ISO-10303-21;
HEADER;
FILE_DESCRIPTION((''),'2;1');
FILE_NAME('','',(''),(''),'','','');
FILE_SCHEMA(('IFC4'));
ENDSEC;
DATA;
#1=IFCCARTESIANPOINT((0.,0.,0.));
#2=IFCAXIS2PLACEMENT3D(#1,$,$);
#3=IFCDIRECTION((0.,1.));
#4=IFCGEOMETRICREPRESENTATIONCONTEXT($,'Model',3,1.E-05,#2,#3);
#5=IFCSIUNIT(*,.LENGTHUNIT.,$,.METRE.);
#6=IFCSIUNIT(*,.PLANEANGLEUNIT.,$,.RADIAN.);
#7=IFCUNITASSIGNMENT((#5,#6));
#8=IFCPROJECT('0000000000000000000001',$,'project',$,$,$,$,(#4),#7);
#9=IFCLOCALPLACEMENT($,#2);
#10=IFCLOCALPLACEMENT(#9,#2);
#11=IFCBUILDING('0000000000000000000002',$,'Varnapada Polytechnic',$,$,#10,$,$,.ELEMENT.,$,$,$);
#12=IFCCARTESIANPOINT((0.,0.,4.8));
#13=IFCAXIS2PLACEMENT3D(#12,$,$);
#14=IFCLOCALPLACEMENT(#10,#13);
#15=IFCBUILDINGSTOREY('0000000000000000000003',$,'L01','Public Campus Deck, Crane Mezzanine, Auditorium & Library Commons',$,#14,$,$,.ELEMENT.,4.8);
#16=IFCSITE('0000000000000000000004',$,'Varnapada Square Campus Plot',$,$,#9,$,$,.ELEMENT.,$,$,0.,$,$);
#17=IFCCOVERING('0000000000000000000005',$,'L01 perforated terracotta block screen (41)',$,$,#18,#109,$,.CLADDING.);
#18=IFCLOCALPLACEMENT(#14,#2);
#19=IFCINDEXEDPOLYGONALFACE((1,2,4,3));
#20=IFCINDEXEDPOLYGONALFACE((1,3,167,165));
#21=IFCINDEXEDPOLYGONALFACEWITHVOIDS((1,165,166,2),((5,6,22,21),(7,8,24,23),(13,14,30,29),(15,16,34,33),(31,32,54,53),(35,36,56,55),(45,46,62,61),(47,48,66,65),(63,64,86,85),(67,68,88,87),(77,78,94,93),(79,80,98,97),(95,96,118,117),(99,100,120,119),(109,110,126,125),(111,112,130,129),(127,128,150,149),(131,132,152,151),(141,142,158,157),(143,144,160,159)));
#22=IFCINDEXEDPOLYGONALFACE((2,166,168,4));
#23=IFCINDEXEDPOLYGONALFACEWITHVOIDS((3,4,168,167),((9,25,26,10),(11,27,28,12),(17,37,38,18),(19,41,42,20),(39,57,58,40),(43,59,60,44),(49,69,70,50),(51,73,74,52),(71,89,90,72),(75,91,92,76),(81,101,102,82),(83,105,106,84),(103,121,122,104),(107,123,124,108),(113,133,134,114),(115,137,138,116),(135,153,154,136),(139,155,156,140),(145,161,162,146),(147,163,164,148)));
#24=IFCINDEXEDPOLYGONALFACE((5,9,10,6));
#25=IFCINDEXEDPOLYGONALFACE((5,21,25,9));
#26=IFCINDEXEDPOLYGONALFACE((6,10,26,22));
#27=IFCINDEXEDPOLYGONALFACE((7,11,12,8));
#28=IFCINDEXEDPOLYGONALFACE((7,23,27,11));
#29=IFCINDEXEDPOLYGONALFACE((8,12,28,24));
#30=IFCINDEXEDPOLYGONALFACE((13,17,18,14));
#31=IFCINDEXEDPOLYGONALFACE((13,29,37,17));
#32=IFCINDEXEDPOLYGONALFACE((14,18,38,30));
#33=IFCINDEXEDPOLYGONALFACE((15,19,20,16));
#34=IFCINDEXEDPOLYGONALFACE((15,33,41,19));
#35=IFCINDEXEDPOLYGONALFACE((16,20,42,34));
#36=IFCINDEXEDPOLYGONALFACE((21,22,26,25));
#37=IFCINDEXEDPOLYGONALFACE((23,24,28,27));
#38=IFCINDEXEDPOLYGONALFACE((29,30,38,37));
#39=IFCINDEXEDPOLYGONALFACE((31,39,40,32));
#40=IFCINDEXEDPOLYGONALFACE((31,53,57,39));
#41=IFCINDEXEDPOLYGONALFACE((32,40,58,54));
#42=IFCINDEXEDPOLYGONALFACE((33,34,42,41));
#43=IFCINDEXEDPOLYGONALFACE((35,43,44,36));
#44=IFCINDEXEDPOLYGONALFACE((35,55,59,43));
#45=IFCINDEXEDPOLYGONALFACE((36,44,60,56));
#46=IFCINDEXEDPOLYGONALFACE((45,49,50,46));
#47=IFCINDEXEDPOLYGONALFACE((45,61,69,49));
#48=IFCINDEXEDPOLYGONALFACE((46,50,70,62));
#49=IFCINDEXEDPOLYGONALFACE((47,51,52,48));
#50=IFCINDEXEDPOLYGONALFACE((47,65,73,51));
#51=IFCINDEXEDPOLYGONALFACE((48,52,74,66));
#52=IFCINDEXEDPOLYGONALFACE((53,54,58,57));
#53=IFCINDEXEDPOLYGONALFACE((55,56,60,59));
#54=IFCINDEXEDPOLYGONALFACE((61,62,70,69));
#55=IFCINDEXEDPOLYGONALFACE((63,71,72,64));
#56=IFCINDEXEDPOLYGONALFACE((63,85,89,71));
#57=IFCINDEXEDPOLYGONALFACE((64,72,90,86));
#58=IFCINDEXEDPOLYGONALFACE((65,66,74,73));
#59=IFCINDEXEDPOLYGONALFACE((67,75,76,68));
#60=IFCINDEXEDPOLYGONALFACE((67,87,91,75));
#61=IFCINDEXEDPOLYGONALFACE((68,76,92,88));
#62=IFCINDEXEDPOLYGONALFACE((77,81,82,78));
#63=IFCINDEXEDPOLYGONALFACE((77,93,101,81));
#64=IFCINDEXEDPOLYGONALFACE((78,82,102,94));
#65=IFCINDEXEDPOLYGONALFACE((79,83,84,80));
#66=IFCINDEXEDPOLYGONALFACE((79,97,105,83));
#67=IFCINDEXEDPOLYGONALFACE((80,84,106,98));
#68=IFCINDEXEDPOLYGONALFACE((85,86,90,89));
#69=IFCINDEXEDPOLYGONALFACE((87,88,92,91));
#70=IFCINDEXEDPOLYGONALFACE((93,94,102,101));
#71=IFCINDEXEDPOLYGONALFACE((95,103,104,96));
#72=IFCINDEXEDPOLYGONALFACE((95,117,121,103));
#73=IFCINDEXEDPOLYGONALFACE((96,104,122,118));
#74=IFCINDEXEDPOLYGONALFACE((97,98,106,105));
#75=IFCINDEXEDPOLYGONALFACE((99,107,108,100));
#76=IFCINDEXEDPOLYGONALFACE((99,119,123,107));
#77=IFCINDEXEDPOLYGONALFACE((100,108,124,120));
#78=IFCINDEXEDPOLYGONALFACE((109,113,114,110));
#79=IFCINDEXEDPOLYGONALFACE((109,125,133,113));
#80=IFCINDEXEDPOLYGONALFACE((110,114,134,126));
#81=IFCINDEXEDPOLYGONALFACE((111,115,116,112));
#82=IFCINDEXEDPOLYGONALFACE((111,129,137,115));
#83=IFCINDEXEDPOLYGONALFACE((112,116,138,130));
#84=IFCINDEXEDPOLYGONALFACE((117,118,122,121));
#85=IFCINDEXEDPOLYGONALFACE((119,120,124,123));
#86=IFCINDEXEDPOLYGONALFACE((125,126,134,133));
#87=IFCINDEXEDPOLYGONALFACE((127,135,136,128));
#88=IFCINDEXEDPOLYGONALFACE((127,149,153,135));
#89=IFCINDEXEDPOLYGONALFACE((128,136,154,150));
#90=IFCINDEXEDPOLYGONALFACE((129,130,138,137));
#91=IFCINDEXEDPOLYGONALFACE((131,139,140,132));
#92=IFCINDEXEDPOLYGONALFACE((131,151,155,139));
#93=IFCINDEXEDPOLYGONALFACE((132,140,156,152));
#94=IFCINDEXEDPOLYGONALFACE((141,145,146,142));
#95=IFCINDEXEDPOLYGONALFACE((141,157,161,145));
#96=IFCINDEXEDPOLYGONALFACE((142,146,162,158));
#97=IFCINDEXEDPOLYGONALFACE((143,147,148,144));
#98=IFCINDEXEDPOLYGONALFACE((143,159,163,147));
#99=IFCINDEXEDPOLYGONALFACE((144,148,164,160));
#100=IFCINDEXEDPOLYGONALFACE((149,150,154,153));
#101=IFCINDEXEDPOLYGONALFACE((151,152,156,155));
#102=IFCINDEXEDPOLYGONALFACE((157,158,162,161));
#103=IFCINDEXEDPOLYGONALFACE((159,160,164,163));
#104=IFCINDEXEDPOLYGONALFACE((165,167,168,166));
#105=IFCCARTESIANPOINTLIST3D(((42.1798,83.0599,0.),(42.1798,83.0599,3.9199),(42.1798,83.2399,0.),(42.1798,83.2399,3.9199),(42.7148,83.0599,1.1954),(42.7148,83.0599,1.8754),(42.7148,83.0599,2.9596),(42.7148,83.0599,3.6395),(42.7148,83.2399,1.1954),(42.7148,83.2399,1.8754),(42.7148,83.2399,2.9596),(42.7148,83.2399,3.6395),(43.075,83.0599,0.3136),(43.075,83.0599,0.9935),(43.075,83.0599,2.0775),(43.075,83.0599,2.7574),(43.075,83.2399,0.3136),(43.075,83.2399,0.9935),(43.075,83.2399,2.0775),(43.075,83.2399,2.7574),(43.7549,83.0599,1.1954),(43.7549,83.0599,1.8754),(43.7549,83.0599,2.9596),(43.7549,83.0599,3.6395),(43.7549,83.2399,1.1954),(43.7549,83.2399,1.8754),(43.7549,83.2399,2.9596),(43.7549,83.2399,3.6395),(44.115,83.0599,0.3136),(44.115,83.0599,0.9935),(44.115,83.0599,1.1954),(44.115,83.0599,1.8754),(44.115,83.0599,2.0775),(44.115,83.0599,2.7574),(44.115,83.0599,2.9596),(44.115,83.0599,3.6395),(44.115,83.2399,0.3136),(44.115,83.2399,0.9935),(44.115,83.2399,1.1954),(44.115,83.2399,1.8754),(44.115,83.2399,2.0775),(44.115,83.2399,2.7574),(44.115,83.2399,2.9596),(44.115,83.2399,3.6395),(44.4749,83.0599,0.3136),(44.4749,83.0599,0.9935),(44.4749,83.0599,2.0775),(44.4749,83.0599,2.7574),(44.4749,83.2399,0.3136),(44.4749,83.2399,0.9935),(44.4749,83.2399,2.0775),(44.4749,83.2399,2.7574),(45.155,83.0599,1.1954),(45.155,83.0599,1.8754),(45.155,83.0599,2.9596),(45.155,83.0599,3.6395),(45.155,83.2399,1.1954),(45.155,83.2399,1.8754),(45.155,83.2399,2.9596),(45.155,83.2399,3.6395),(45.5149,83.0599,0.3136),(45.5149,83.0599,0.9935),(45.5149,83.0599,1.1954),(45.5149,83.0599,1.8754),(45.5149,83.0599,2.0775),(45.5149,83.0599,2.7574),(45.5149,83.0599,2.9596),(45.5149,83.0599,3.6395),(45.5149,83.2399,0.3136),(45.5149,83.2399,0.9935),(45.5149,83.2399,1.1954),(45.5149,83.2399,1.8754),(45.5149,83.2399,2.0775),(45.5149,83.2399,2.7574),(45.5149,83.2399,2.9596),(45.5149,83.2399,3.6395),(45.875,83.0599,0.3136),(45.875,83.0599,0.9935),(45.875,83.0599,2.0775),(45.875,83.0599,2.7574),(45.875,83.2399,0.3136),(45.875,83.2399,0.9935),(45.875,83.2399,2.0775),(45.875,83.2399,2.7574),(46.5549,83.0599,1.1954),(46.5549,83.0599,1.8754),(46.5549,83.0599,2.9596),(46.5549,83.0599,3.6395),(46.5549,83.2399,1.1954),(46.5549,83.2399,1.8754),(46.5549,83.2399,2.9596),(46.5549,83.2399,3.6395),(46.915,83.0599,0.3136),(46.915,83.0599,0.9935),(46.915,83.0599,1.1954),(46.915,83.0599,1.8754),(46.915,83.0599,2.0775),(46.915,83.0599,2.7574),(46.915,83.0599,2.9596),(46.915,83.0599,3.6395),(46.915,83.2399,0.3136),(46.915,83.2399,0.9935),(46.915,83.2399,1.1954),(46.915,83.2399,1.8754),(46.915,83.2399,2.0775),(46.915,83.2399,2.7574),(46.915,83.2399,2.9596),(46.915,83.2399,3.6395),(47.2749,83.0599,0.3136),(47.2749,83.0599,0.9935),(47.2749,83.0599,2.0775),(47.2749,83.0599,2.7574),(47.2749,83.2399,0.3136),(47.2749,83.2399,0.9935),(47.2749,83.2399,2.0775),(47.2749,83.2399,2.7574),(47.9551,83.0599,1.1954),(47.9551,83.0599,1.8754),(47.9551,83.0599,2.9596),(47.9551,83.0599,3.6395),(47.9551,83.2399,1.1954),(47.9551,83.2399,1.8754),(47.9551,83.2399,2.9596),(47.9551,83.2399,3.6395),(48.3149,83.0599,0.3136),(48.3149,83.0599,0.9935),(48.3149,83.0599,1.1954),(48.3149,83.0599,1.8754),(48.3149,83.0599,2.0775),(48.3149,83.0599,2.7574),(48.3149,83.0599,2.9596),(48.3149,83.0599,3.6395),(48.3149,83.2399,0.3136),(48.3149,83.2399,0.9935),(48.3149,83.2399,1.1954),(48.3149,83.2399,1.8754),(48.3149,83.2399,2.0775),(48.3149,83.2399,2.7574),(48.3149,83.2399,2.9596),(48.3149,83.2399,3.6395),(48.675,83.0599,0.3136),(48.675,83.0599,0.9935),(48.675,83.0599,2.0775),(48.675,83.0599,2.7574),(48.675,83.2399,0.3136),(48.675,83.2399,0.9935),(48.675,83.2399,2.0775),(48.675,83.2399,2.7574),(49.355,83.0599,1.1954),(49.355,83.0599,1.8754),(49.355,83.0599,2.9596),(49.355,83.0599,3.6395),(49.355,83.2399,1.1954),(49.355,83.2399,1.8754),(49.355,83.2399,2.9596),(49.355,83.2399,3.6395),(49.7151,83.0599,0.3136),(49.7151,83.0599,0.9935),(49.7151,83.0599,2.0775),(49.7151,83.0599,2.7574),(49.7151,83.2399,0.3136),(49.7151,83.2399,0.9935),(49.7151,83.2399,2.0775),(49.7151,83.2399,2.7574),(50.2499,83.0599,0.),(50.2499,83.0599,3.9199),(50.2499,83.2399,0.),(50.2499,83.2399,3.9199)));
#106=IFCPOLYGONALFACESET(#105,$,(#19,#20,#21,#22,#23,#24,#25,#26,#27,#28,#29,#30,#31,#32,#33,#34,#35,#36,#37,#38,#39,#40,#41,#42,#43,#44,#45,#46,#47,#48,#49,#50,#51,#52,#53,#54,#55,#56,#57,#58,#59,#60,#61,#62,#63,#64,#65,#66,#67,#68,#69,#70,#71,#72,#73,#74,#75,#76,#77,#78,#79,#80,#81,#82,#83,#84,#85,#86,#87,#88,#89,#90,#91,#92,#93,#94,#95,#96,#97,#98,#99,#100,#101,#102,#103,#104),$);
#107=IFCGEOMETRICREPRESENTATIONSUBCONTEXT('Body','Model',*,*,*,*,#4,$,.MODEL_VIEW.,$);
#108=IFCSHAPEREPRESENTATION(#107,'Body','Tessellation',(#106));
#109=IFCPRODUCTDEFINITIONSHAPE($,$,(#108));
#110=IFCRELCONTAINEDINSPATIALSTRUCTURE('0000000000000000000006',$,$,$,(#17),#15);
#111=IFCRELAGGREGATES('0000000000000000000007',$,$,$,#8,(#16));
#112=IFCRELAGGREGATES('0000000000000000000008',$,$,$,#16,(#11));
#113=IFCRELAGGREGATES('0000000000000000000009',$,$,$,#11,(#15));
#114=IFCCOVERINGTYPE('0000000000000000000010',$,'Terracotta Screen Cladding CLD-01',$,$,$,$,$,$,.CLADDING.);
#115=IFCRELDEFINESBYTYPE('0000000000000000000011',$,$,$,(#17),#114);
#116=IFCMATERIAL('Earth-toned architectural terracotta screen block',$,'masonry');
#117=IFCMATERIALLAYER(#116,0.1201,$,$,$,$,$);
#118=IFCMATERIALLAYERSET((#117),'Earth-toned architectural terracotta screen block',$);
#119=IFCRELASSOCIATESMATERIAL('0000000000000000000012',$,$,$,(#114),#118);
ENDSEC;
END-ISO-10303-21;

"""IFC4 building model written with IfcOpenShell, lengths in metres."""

from ifc_helpers import new_model, si_unit, direction, frame, frame_2d, origin, place, context, subcontext, project, spatial, rectangle, extrude, material, layer, layer_set, type_object, element, save


model = new_model("IFC4")

# Units and contexts
model_context = context("Model", 3, precision=1e-05, world=origin(), true_north=direction((0.0, 1.0)))
body_context = subcontext(model_context, "Body", "Model", "MODEL_VIEW")
ifc_project = project(units=[si_unit("LENGTHUNIT", "METRE"), si_unit("PLANEANGLEUNIT", "RADIAN")], contexts=[model_context])

# Site, building, storey
site_placement = place(None, origin())
site = spatial("IfcSite", under=ifc_project, at=site_placement, Name="Varnapada Square Campus Plot", CompositionType="ELEMENT", RefElevation=0.0)
building_placement = place(site_placement, origin())
building = spatial("IfcBuilding", under=site, at=building_placement, Name="Varnapada Polytechnic", CompositionType="ELEMENT")
storey_placement = place(building_placement, frame((0.0, 0.0, 4.8)))
storey = spatial("IfcBuildingStorey", under=building, at=storey_placement, Name="L01", Description="Public Campus Deck, Crane Mezzanine, Auditorium & Library Commons", CompositionType="ELEMENT", Elevation=4.8)

# Covering, openings
ifc_material_1 = material(Name="Earth-toned architectural terracotta screen block", Category="masonry")
ifc_layer_1 = layer(ifc_material_1, 0.1201)
ifc_layer_set_1 = layer_set([ifc_layer_1], Name="Earth-toned architectural terracotta screen block")
covering_type = type_object("IfcCoveringType", Name="Terracotta Screen Cladding CLD-01", PredefinedType="CLADDING", material=ifc_layer_set_1)
covering_placement = place(storey_placement, frame((50.25, 83.1499, 0.0), z_axis=(0.0, 0.0, 1.0), x_axis=(-1.0, 0.0, 0.0)))
covering = element("IfcCovering", 1, at=covering_placement, inside=storey, type_object=covering_type, Name="L01 perforated terracotta block screen (41)", PredefinedType="CLADDING", context=body_context, shape_type="SweptSolid", body=[
    extrude(rectangle(XDim=8.0701, YDim=0.1799, at=frame_2d((4.0352, 0.0))), origin(), (0.0, 0.0, 1.0), 3.9199),
])
opening_1_placement = place(covering_placement, frame((0.5349, 0.0, 0.3137)))
element("IfcOpeningElement", 2, at=opening_1_placement, cuts=covering, PredefinedType="OPENING", context=body_context, shape_type="SweptSolid", body=[
    extrude(rectangle(XDim=1.04, YDim=0.6799, at=frame_2d((0.52, 0.3398))), frame((0.0, 0.0999, 0.0), z_axis=(0.0, -1.0, 0.0), x_axis=(1.0, 0.0, 0.0)), (0.0, 0.0, 1.0), 0.2),
])
opening_2_placement = place(covering_placement, frame((1.9351, 0.0, 0.3137)))
element("IfcOpeningElement", 3, at=opening_2_placement, cuts=covering, PredefinedType="OPENING", context=body_context, shape_type="SweptSolid", body=[
    extrude(rectangle(XDim=1.04, YDim=0.6799, at=frame_2d((0.52, 0.3398))), frame((0.0, 0.0999, 0.0), z_axis=(0.0, -1.0, 0.0), x_axis=(1.0, 0.0, 0.0)), (0.0, 0.0, 1.0), 0.2),
])
opening_3_placement = place(covering_placement, frame((3.335, 0.0, 0.3137)))
element("IfcOpeningElement", 4, at=opening_3_placement, cuts=covering, PredefinedType="OPENING", context=body_context, shape_type="SweptSolid", body=[
    extrude(rectangle(XDim=1.04, YDim=0.6799, at=frame_2d((0.52, 0.3398))), frame((0.0, 0.0999, 0.0), z_axis=(0.0, -1.0, 0.0), x_axis=(1.0, 0.0, 0.0)), (0.0, 0.0, 1.0), 0.2),
])
opening_4_placement = place(covering_placement, frame((4.7351, 0.0, 0.3137)))
element("IfcOpeningElement", 5, at=opening_4_placement, cuts=covering, PredefinedType="OPENING", context=body_context, shape_type="SweptSolid", body=[
    extrude(rectangle(XDim=1.04, YDim=0.6799, at=frame_2d((0.52, 0.3398))), frame((0.0, 0.0999, 0.0), z_axis=(0.0, -1.0, 0.0), x_axis=(1.0, 0.0, 0.0)), (0.0, 0.0, 1.0), 0.2),
])
opening_5_placement = place(covering_placement, frame((6.135, 0.0, 0.3137)))
element("IfcOpeningElement", 6, at=opening_5_placement, cuts=covering, PredefinedType="OPENING", context=body_context, shape_type="SweptSolid", body=[
    extrude(rectangle(XDim=1.04, YDim=0.6799, at=frame_2d((0.52, 0.3398))), frame((0.0, 0.0999, 0.0), z_axis=(0.0, -1.0, 0.0), x_axis=(1.0, 0.0, 0.0)), (0.0, 0.0, 1.0), 0.2),
])
opening_6_placement = place(covering_placement, frame((0.895, 0.0, 1.1956)))
element("IfcOpeningElement", 7, at=opening_6_placement, cuts=covering, PredefinedType="OPENING", context=body_context, shape_type="SweptSolid", body=[
    extrude(rectangle(XDim=1.04, YDim=0.6799, at=frame_2d((0.52, 0.3398))), frame((0.0, 0.0999, 0.0), z_axis=(0.0, -1.0, 0.0), x_axis=(1.0, 0.0, 0.0)), (0.0, 0.0, 1.0), 0.2),
])
opening_7_placement = place(covering_placement, frame((2.2949, 0.0, 1.1956)))
element("IfcOpeningElement", 8, at=opening_7_placement, cuts=covering, PredefinedType="OPENING", context=body_context, shape_type="SweptSolid", body=[
    extrude(rectangle(XDim=1.04, YDim=0.6799, at=frame_2d((0.52, 0.3398))), frame((0.0, 0.0999, 0.0), z_axis=(0.0, -1.0, 0.0), x_axis=(1.0, 0.0, 0.0)), (0.0, 0.0, 1.0), 0.2),
])
opening_8_placement = place(covering_placement, frame((3.6951, 0.0, 1.1956)))
element("IfcOpeningElement", 9, at=opening_8_placement, cuts=covering, PredefinedType="OPENING", context=body_context, shape_type="SweptSolid", body=[
    extrude(rectangle(XDim=1.04, YDim=0.6799, at=frame_2d((0.52, 0.3398))), frame((0.0, 0.0999, 0.0), z_axis=(0.0, -1.0, 0.0), x_axis=(1.0, 0.0, 0.0)), (0.0, 0.0, 1.0), 0.2),
])
opening_9_placement = place(covering_placement, frame((5.095, 0.0, 1.1956)))
element("IfcOpeningElement", 10, at=opening_9_placement, cuts=covering, PredefinedType="OPENING", context=body_context, shape_type="SweptSolid", body=[
    extrude(rectangle(XDim=1.04, YDim=0.6799, at=frame_2d((0.52, 0.3398))), frame((0.0, 0.0999, 0.0), z_axis=(0.0, -1.0, 0.0), x_axis=(1.0, 0.0, 0.0)), (0.0, 0.0, 1.0), 0.2),
])
opening_10_placement = place(covering_placement, frame((6.4951, 0.0, 1.1956)))
element("IfcOpeningElement", 11, at=opening_10_placement, cuts=covering, PredefinedType="OPENING", context=body_context, shape_type="SweptSolid", body=[
    extrude(rectangle(XDim=1.04, YDim=0.6799, at=frame_2d((0.52, 0.3398))), frame((0.0, 0.0999, 0.0), z_axis=(0.0, -1.0, 0.0), x_axis=(1.0, 0.0, 0.0)), (0.0, 0.0, 1.0), 0.2),
])
opening_11_placement = place(covering_placement, frame((0.5349, 0.0, 2.0776)))
element("IfcOpeningElement", 12, at=opening_11_placement, cuts=covering, PredefinedType="OPENING", context=body_context, shape_type="SweptSolid", body=[
    extrude(rectangle(XDim=1.04, YDim=0.6799, at=frame_2d((0.52, 0.3398))), frame((0.0, 0.0999, 0.0), z_axis=(0.0, -1.0, 0.0), x_axis=(1.0, 0.0, 0.0)), (0.0, 0.0, 1.0), 0.2),
])
opening_12_placement = place(covering_placement, frame((1.9351, 0.0, 2.0776)))
element("IfcOpeningElement", 13, at=opening_12_placement, cuts=covering, PredefinedType="OPENING", context=body_context, shape_type="SweptSolid", body=[
    extrude(rectangle(XDim=1.04, YDim=0.6799, at=frame_2d((0.52, 0.3398))), frame((0.0, 0.0999, 0.0), z_axis=(0.0, -1.0, 0.0), x_axis=(1.0, 0.0, 0.0)), (0.0, 0.0, 1.0), 0.2),
])
opening_13_placement = place(covering_placement, frame((3.335, 0.0, 2.0776)))
element("IfcOpeningElement", 14, at=opening_13_placement, cuts=covering, PredefinedType="OPENING", context=body_context, shape_type="SweptSolid", body=[
    extrude(rectangle(XDim=1.04, YDim=0.6799, at=frame_2d((0.52, 0.3398))), frame((0.0, 0.0999, 0.0), z_axis=(0.0, -1.0, 0.0), x_axis=(1.0, 0.0, 0.0)), (0.0, 0.0, 1.0), 0.2),
])
opening_14_placement = place(covering_placement, frame((4.7351, 0.0, 2.0776)))
element("IfcOpeningElement", 15, at=opening_14_placement, cuts=covering, PredefinedType="OPENING", context=body_context, shape_type="SweptSolid", body=[
    extrude(rectangle(XDim=1.04, YDim=0.6799, at=frame_2d((0.52, 0.3398))), frame((0.0, 0.0999, 0.0), z_axis=(0.0, -1.0, 0.0), x_axis=(1.0, 0.0, 0.0)), (0.0, 0.0, 1.0), 0.2),
])
opening_15_placement = place(covering_placement, frame((6.135, 0.0, 2.0776)))
element("IfcOpeningElement", 16, at=opening_15_placement, cuts=covering, PredefinedType="OPENING", context=body_context, shape_type="SweptSolid", body=[
    extrude(rectangle(XDim=1.04, YDim=0.6799, at=frame_2d((0.52, 0.3398))), frame((0.0, 0.0999, 0.0), z_axis=(0.0, -1.0, 0.0), x_axis=(1.0, 0.0, 0.0)), (0.0, 0.0, 1.0), 0.2),
])
opening_16_placement = place(covering_placement, frame((0.895, 0.0, 2.9597)))
element("IfcOpeningElement", 17, at=opening_16_placement, cuts=covering, PredefinedType="OPENING", context=body_context, shape_type="SweptSolid", body=[
    extrude(rectangle(XDim=1.04, YDim=0.6799, at=frame_2d((0.52, 0.3398))), frame((0.0, 0.0999, 0.0), z_axis=(0.0, -1.0, 0.0), x_axis=(1.0, 0.0, 0.0)), (0.0, 0.0, 1.0), 0.2),
])
opening_17_placement = place(covering_placement, frame((2.2949, 0.0, 2.9597)))
element("IfcOpeningElement", 18, at=opening_17_placement, cuts=covering, PredefinedType="OPENING", context=body_context, shape_type="SweptSolid", body=[
    extrude(rectangle(XDim=1.04, YDim=0.6799, at=frame_2d((0.52, 0.3398))), frame((0.0, 0.0999, 0.0), z_axis=(0.0, -1.0, 0.0), x_axis=(1.0, 0.0, 0.0)), (0.0, 0.0, 1.0), 0.2),
])
opening_18_placement = place(covering_placement, frame((3.6951, 0.0, 2.9597)))
element("IfcOpeningElement", 19, at=opening_18_placement, cuts=covering, PredefinedType="OPENING", context=body_context, shape_type="SweptSolid", body=[
    extrude(rectangle(XDim=1.04, YDim=0.6799, at=frame_2d((0.52, 0.3398))), frame((0.0, 0.0999, 0.0), z_axis=(0.0, -1.0, 0.0), x_axis=(1.0, 0.0, 0.0)), (0.0, 0.0, 1.0), 0.2),
])
opening_19_placement = place(covering_placement, frame((5.095, 0.0, 2.9597)))
element("IfcOpeningElement", 20, at=opening_19_placement, cuts=covering, PredefinedType="OPENING", context=body_context, shape_type="SweptSolid", body=[
    extrude(rectangle(XDim=1.04, YDim=0.6799, at=frame_2d((0.52, 0.3398))), frame((0.0, 0.0999, 0.0), z_axis=(0.0, -1.0, 0.0), x_axis=(1.0, 0.0, 0.0)), (0.0, 0.0, 1.0), 0.2),
])
opening_20_placement = place(covering_placement, frame((6.4951, 0.0, 2.9597)))
element("IfcOpeningElement", 21, at=opening_20_placement, cuts=covering, PredefinedType="OPENING", context=body_context, shape_type="SweptSolid", body=[
    extrude(rectangle(XDim=1.04, YDim=0.6799, at=frame_2d((0.52, 0.3398))), frame((0.0, 0.0999, 0.0), z_axis=(0.0, -1.0, 0.0), x_axis=(1.0, 0.0, 0.0)), (0.0, 0.0, 1.0), 0.2),
])

save(model, "model.ifc")
